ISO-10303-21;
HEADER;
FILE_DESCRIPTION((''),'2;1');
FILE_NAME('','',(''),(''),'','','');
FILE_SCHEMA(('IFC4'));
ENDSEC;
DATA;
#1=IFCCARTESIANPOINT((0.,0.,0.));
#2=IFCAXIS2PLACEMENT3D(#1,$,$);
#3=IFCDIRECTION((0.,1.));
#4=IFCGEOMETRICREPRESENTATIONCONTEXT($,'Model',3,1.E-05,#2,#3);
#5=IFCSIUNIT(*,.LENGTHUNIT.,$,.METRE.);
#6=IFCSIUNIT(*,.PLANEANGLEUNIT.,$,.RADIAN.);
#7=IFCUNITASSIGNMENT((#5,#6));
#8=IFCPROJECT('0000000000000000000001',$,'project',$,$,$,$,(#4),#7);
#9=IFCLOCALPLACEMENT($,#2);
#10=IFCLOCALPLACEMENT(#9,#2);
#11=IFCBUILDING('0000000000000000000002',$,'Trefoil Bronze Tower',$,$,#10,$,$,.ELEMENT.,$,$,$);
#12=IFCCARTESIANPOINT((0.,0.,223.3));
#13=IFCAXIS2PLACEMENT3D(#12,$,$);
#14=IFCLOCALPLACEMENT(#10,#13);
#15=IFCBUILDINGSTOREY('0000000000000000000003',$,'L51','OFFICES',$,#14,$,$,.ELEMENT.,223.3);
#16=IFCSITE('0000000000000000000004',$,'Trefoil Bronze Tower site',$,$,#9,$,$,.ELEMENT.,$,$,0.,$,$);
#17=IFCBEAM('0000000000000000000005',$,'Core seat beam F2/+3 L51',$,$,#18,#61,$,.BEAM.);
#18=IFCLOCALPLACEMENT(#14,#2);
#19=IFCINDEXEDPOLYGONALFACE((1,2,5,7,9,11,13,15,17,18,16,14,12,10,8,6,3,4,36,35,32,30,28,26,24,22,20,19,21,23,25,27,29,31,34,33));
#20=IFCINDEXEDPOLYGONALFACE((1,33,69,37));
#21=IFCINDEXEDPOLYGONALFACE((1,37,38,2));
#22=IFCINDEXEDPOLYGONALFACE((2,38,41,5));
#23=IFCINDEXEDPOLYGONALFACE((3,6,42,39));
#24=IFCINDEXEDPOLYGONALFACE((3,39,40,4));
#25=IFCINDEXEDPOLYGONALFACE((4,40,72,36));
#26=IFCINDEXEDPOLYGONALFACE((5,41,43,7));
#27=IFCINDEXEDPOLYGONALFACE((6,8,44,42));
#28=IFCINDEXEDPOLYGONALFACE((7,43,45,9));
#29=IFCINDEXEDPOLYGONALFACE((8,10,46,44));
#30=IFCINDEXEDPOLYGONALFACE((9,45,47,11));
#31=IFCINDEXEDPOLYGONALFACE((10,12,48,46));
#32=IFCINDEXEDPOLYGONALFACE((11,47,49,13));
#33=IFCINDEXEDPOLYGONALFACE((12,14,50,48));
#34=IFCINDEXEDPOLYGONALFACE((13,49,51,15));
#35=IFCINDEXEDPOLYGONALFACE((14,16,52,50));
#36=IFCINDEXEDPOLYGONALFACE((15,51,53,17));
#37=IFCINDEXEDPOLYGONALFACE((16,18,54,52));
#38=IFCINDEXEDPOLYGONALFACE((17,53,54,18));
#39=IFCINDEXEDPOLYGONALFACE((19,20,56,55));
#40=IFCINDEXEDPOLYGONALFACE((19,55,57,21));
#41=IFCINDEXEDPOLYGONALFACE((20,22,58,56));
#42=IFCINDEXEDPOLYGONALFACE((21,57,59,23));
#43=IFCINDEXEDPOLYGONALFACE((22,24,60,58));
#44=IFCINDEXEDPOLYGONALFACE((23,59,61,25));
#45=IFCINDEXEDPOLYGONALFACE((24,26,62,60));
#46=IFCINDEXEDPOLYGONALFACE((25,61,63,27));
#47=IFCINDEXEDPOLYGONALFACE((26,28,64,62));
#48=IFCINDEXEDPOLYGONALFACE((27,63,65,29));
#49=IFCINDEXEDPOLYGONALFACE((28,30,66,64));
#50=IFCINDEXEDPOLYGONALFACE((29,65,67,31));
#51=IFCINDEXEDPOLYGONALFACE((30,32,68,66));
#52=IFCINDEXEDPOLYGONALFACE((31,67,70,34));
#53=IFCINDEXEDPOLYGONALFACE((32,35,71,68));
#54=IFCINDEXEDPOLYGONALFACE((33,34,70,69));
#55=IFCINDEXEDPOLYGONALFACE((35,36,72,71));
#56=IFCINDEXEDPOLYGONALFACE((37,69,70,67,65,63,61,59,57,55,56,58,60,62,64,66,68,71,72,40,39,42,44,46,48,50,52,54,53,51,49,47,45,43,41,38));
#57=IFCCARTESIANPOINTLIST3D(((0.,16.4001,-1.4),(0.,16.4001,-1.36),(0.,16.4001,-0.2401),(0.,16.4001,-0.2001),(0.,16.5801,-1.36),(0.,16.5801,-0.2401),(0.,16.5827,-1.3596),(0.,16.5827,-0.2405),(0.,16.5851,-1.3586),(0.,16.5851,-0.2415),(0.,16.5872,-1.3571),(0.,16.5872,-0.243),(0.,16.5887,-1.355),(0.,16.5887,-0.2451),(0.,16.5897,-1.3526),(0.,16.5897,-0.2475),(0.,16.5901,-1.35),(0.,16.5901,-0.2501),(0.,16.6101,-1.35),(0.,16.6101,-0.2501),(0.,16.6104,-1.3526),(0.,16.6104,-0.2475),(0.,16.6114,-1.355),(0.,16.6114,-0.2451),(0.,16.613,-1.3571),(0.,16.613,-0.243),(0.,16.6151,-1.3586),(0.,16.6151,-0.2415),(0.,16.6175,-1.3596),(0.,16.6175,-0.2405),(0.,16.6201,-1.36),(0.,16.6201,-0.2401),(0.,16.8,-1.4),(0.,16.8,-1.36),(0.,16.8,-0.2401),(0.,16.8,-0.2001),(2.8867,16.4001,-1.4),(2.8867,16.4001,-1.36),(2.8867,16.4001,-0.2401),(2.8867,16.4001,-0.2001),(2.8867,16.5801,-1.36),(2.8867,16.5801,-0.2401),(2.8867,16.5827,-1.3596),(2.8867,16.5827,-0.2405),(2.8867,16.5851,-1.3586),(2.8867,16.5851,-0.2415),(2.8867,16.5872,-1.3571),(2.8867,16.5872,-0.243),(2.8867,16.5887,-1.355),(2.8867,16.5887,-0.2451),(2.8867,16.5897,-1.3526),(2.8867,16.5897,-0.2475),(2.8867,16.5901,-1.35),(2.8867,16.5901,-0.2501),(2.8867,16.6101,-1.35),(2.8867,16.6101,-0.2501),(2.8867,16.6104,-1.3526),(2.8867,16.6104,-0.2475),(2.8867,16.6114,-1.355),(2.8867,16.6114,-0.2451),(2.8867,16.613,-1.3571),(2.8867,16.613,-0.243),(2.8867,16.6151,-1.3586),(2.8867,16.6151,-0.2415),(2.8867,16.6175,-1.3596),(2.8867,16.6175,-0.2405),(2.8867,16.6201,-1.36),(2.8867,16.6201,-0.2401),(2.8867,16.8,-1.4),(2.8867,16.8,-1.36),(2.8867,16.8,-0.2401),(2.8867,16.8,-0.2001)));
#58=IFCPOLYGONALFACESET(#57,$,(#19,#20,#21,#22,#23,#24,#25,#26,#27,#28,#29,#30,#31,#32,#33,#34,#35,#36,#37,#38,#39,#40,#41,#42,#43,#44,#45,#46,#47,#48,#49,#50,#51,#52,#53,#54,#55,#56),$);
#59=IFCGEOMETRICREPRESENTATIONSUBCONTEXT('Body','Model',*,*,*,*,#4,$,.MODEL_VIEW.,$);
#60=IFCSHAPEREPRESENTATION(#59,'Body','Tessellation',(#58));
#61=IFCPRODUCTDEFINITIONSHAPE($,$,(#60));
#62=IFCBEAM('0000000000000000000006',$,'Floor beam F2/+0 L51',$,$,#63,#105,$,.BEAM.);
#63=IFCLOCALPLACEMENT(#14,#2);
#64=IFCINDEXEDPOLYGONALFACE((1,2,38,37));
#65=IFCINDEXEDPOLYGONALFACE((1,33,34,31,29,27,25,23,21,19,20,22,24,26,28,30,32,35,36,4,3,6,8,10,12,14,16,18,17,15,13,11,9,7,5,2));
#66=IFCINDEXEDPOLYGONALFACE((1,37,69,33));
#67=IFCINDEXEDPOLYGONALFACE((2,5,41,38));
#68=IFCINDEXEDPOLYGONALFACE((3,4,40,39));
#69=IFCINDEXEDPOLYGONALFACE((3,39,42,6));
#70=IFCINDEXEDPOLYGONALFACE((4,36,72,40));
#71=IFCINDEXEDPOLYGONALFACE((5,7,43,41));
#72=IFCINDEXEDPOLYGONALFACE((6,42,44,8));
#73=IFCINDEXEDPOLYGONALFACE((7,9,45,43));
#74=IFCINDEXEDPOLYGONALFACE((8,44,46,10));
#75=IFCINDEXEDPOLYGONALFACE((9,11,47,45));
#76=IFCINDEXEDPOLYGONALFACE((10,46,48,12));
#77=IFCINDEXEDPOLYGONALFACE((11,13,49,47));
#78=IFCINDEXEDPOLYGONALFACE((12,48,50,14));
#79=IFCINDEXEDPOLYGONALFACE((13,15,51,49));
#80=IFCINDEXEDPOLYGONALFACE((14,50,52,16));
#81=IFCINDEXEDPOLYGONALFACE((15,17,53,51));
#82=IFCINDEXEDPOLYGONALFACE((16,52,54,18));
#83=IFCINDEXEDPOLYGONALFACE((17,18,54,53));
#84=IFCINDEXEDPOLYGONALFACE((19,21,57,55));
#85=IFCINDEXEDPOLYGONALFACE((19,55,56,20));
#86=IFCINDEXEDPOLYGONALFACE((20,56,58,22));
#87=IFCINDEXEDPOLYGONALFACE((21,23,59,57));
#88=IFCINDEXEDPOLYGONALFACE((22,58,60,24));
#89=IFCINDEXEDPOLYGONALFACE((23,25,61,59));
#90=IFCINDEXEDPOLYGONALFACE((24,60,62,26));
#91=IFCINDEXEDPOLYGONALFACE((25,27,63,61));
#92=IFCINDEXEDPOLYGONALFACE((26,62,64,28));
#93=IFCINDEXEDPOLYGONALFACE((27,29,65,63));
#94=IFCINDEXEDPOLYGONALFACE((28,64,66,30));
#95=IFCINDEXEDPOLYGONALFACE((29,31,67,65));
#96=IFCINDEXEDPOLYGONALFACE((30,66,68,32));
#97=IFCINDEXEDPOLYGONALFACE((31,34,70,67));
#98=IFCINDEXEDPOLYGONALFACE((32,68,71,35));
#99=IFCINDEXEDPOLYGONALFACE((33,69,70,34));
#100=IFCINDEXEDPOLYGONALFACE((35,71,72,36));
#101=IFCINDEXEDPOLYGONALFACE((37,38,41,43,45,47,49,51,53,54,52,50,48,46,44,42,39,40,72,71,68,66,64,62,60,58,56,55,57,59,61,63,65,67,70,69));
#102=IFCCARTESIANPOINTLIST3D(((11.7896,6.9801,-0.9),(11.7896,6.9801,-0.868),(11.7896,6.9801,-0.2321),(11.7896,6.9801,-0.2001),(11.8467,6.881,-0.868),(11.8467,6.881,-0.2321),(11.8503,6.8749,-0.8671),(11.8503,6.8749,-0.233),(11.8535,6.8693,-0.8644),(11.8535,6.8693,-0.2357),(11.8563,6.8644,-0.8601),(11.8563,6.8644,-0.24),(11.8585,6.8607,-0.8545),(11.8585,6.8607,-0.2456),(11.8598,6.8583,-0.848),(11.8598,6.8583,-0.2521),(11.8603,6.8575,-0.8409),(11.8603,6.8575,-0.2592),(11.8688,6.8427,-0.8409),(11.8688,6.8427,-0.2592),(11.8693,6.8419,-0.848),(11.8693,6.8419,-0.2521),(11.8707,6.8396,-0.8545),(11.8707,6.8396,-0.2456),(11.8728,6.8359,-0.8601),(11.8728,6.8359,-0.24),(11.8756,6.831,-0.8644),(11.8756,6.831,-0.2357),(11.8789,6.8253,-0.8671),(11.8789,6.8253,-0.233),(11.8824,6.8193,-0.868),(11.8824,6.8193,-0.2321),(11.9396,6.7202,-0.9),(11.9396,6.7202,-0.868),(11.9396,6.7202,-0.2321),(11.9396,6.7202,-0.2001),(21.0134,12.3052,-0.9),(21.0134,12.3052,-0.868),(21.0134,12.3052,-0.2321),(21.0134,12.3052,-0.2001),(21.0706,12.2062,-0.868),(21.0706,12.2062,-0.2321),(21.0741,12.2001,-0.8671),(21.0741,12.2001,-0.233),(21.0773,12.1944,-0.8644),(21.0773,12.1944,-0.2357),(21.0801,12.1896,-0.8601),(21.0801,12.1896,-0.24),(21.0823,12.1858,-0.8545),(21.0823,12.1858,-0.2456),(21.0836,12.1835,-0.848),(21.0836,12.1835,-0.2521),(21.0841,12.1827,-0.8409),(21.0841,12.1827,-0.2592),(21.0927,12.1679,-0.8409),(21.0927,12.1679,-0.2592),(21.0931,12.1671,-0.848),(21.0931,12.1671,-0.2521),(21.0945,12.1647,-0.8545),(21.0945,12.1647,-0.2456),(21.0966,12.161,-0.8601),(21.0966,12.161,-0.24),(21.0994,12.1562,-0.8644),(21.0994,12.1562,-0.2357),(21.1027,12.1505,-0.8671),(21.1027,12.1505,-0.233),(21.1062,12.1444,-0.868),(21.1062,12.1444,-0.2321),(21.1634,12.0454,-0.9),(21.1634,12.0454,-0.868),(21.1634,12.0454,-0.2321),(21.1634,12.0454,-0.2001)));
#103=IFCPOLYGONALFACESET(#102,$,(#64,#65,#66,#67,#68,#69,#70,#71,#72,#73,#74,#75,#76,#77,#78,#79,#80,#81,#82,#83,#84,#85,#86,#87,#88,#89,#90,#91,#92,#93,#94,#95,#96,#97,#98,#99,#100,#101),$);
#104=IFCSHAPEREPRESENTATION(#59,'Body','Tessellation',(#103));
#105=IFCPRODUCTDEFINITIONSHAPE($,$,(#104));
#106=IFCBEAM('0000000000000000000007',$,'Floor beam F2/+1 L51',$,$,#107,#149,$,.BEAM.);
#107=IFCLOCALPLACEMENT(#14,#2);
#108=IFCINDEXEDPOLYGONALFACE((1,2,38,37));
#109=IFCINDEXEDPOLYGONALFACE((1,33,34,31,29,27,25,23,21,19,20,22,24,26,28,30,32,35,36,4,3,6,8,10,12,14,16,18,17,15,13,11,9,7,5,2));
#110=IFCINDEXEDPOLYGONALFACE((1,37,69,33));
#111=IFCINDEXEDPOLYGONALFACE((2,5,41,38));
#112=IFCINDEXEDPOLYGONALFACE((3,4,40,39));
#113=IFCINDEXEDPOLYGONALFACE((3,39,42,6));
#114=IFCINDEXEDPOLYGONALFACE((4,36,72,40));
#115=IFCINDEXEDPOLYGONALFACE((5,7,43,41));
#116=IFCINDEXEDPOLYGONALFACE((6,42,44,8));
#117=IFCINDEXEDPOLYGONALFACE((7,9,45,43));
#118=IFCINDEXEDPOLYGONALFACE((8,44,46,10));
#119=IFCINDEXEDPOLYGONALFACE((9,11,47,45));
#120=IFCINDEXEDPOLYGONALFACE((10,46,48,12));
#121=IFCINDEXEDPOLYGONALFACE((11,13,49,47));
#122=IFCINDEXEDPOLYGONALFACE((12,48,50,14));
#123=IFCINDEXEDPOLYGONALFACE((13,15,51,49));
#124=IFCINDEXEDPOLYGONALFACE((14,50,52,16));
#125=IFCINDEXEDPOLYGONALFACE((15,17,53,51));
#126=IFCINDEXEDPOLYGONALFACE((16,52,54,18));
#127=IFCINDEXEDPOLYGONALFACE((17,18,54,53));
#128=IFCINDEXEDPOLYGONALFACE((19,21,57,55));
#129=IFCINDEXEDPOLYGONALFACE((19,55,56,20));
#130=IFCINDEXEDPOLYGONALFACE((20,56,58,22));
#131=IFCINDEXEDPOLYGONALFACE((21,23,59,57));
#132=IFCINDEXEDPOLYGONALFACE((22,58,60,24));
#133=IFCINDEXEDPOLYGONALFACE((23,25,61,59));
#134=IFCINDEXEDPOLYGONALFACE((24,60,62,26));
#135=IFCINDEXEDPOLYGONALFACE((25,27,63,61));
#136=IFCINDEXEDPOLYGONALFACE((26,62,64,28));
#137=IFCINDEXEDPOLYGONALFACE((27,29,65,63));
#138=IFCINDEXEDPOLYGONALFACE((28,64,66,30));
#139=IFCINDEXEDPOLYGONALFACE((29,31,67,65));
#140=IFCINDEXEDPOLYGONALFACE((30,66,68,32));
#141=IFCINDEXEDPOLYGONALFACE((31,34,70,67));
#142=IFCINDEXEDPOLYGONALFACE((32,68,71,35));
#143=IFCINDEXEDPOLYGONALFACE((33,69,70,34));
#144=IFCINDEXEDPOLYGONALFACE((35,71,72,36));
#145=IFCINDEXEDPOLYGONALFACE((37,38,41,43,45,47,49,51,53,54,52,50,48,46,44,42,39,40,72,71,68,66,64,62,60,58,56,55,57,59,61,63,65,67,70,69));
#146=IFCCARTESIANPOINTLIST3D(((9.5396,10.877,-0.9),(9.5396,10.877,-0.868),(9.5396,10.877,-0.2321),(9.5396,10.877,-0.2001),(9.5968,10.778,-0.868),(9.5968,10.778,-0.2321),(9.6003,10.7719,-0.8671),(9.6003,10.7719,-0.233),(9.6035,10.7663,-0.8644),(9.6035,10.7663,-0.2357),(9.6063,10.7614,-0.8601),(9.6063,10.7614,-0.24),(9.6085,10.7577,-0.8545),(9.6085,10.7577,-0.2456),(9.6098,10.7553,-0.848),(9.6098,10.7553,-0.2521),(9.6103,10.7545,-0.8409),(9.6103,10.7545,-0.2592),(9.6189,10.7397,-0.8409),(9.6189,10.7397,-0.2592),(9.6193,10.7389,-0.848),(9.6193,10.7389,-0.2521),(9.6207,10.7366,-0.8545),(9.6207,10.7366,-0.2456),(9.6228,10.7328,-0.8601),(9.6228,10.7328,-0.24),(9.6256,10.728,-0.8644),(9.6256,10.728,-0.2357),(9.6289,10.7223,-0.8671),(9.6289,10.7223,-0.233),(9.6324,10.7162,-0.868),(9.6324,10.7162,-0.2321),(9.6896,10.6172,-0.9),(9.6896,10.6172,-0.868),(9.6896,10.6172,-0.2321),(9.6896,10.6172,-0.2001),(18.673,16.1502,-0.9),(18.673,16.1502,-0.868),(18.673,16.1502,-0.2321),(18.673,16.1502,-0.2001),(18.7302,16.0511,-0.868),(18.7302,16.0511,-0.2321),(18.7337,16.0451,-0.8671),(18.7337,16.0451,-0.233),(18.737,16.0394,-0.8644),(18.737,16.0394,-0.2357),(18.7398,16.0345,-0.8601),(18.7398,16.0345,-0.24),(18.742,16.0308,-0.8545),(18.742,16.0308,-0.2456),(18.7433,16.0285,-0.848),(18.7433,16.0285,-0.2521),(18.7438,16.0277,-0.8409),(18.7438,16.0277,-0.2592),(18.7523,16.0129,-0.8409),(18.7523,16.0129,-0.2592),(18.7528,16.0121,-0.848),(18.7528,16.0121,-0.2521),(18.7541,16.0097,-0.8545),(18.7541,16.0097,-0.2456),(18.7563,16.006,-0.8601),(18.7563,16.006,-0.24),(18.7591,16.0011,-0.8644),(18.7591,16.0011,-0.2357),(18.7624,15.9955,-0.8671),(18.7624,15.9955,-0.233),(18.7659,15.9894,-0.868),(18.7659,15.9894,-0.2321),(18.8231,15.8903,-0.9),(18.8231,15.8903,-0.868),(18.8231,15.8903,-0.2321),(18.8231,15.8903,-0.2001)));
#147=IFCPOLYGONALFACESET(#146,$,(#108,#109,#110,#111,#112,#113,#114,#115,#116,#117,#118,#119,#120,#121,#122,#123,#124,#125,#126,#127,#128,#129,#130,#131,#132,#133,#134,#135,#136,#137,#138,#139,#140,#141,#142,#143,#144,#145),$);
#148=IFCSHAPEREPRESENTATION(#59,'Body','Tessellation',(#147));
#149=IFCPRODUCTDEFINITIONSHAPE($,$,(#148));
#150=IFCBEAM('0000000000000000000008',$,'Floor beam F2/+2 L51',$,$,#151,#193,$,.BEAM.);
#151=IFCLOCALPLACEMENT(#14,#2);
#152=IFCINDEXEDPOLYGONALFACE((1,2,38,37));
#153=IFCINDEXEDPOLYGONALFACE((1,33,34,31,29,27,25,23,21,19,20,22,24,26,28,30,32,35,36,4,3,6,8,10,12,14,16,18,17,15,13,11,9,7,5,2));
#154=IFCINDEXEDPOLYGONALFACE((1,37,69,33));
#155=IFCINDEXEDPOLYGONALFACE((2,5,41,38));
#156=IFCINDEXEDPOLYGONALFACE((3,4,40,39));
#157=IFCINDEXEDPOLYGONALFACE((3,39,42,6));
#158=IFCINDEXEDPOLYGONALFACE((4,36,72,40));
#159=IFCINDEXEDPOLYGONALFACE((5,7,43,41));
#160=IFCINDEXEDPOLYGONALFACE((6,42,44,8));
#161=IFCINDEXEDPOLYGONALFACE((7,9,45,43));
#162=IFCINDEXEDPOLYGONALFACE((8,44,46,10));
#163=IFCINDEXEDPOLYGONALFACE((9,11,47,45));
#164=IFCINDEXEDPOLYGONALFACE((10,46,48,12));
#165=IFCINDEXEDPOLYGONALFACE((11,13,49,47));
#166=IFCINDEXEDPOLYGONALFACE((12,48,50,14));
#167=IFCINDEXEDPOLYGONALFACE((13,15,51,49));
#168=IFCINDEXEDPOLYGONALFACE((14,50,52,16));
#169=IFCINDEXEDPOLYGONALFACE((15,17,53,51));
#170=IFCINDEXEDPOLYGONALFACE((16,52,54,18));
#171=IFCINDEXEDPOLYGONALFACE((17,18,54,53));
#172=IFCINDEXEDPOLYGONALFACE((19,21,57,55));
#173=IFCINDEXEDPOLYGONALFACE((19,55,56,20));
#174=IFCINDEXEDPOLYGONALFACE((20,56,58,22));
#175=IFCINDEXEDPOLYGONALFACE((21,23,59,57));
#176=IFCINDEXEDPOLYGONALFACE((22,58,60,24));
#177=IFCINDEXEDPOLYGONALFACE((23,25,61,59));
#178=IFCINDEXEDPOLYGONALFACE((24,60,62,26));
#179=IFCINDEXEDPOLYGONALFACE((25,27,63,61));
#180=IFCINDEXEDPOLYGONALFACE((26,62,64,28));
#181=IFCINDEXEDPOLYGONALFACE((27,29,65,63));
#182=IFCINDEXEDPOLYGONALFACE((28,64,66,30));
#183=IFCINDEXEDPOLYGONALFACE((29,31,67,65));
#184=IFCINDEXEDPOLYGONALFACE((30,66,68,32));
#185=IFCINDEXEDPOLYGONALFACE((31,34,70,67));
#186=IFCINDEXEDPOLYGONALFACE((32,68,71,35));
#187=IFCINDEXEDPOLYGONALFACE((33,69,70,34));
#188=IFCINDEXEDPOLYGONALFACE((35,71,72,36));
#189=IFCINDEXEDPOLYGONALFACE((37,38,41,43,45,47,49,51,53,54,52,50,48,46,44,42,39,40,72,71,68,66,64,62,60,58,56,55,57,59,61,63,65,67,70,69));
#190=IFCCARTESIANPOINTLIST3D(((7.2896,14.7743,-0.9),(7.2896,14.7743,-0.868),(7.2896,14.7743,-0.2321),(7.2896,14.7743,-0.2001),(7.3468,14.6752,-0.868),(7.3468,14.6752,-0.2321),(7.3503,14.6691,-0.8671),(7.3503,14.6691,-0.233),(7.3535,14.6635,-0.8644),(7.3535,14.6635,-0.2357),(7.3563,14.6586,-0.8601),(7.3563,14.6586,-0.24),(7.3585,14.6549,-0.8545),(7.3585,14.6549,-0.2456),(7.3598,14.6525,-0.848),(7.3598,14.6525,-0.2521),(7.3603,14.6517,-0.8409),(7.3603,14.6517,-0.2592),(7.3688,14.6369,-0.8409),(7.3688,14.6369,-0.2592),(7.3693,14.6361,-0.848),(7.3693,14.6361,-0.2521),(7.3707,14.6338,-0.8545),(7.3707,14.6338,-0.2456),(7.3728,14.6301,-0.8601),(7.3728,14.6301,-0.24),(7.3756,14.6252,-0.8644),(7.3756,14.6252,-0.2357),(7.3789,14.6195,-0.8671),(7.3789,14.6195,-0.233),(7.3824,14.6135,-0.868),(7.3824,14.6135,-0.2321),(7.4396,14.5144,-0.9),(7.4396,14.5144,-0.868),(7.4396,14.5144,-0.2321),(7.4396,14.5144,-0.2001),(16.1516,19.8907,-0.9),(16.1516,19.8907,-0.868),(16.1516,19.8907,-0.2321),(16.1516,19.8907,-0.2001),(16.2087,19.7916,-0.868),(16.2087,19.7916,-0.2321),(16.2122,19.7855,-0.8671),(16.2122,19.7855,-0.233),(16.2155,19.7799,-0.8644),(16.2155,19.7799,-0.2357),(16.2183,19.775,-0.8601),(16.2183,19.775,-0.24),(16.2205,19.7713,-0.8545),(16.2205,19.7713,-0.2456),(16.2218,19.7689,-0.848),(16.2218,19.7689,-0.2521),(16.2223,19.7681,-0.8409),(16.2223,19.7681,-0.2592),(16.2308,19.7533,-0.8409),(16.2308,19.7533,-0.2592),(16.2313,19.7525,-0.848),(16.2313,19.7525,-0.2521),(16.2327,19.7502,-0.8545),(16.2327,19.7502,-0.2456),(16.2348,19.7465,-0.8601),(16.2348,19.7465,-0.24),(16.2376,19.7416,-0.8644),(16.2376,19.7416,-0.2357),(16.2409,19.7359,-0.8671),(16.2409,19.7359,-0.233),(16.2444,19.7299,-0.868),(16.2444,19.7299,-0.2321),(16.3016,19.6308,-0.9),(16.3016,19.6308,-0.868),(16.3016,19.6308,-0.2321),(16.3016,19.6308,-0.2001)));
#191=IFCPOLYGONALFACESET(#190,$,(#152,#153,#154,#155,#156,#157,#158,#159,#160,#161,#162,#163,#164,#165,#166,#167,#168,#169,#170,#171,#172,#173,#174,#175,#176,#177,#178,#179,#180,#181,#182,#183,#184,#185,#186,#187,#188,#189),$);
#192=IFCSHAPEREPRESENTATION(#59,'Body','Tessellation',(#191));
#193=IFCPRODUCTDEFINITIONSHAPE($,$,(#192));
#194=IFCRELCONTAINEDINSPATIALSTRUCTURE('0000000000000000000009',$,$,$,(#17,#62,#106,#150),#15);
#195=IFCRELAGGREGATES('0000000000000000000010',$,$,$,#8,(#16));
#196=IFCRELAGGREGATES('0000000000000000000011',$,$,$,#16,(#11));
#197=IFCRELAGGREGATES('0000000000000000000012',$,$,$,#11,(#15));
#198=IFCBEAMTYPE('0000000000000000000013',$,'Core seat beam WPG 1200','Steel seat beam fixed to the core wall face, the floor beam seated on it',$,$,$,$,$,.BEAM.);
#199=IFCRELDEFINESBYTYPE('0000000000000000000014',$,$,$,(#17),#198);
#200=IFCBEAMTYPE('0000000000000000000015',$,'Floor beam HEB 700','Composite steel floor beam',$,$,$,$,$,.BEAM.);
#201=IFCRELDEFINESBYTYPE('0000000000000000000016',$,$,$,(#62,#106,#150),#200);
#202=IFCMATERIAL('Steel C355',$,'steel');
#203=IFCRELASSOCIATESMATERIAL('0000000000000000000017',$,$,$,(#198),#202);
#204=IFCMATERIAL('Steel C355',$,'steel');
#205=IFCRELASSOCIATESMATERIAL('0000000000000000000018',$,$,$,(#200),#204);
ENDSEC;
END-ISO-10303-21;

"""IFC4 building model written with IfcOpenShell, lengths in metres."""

from ifc_helpers import new_model, si_unit, direction, frame, origin, origin_2d, place, context, subcontext, project, spatial, i_section, extrude, material, material_profile, profile_set, type_object, element, save


model = new_model("IFC4")

# Units and contexts
model_context = context("Model", 3, precision=1e-05, world=origin(), true_north=direction((0.0, 1.0)))
body_context = subcontext(model_context, "Body", "Model", "MODEL_VIEW")
ifc_project = project(units=[si_unit("LENGTHUNIT", "METRE"), si_unit("PLANEANGLEUNIT", "RADIAN")], contexts=[model_context])

# Site, building, storey
site_placement = place(None, origin())
site = spatial("IfcSite", under=ifc_project, at=site_placement, Name="Trefoil Bronze Tower site", CompositionType="ELEMENT", RefElevation=0.0)
building_placement = place(site_placement, origin())
building = spatial("IfcBuilding", under=site, at=building_placement, Name="Trefoil Bronze Tower", CompositionType="ELEMENT")
storey_placement = place(building_placement, frame((0.0, 0.0, 223.3)))
storey = spatial("IfcBuildingStorey", under=building, at=storey_placement, Name="L51", Description="OFFICES", CompositionType="ELEMENT", Elevation=223.3)

# Beams
ifc_material_1 = material(Name="Steel C355", Category="steel")
ifc_material_profile_1 = material_profile(ifc_material_1, i_section(OverallWidth=0.3999, OverallDepth=1.2, WebThickness=0.02, FlangeThickness=0.04, FilletRadius=0.01, at=origin_2d()), Name="WPG 1200")
ifc_profile_set_1 = profile_set([ifc_material_profile_1], Name="Steel C355")
beam_type_1 = type_object("IfcBeamType", Name="Core seat beam WPG 1200", Description="Steel seat beam fixed to the core wall face, the floor beam seated on it", PredefinedType="BEAM", material=ifc_profile_set_1)
beam_1_placement = place(storey_placement, frame((2.8867, 16.6001, -0.8), z_axis=(-1.0, 0.0, 0.0), x_axis=(0.0, -1.0, 0.0)))
element("IfcBeam", 1, at=beam_1_placement, inside=storey, type_object=beam_type_1, Name="Core seat beam F2/+3 L51", PredefinedType="BEAM", context=body_context, shape_type="SweptSolid", body=[
    extrude(i_section(OverallWidth=0.3999, OverallDepth=1.2, WebThickness=0.02, FlangeThickness=0.04, FilletRadius=0.01, at=origin_2d()), origin(), (0.0, 0.0, 1.0), 2.8867),
])
ifc_material_2 = material(Name="Steel C355", Category="steel")
ifc_material_profile_2 = material_profile(ifc_material_2, i_section(OverallWidth=0.3, OverallDepth=0.7, WebThickness=0.0171, FlangeThickness=0.032, FilletRadius=0.0271, at=origin_2d()), Name="HEB 700")
ifc_profile_set_2 = profile_set([ifc_material_profile_2], Name="Steel C355")
beam_type_2 = type_object("IfcBeamType", Name="Floor beam HEB 700", Description="Composite steel floor beam", PredefinedType="BEAM", material=ifc_profile_set_2)
beam_2_placement = place(storey_placement, frame((21.0884, 12.1753, -0.55), z_axis=(-0.866034, -0.499985, 0.0), x_axis=(0.499985, -0.866034, 0.0)))
element("IfcBeam", 2, at=beam_2_placement, inside=storey, type_object=beam_type_2, Name="Floor beam F2/+0 L51", PredefinedType="BEAM", context=body_context, shape_type="SweptSolid", body=[
    extrude(i_section(OverallWidth=0.3, OverallDepth=0.7, WebThickness=0.0171, FlangeThickness=0.032, FilletRadius=0.0271, at=origin_2d()), origin(), (0.0, 0.0, 1.0), 10.6506),
])
beam_3_placement = place(storey_placement, frame((18.748, 16.0203, -0.55), z_axis=(-0.866028, -0.499996, 0.0), x_axis=(0.499996, -0.866028, 0.0)))
element("IfcBeam", 3, at=beam_3_placement, inside=storey, type_object=beam_type_2, Name="Floor beam F2/+1 L51", PredefinedType="BEAM", context=body_context, shape_type="SweptSolid", body=[
    extrude(i_section(OverallWidth=0.3, OverallDepth=0.7, WebThickness=0.0171, FlangeThickness=0.032, FilletRadius=0.0271, at=origin_2d()), origin(), (0.0, 0.0, 1.0), 10.5464),
])
beam_4_placement = place(storey_placement, frame((16.2266, 19.7607, -0.55), z_axis=(-0.866028, -0.499996, 0.0), x_axis=(0.499996, -0.866028, 0.0)))
element("IfcBeam", 4, at=beam_4_placement, inside=storey, type_object=beam_type_2, Name="Floor beam F2/+2 L51", PredefinedType="BEAM", context=body_context, shape_type="SweptSolid", body=[
    extrude(i_section(OverallWidth=0.3, OverallDepth=0.7, WebThickness=0.0171, FlangeThickness=0.032, FilletRadius=0.0271, at=origin_2d()), origin(), (0.0, 0.0, 1.0), 10.2329),
])

save(model, "model.ifc")
